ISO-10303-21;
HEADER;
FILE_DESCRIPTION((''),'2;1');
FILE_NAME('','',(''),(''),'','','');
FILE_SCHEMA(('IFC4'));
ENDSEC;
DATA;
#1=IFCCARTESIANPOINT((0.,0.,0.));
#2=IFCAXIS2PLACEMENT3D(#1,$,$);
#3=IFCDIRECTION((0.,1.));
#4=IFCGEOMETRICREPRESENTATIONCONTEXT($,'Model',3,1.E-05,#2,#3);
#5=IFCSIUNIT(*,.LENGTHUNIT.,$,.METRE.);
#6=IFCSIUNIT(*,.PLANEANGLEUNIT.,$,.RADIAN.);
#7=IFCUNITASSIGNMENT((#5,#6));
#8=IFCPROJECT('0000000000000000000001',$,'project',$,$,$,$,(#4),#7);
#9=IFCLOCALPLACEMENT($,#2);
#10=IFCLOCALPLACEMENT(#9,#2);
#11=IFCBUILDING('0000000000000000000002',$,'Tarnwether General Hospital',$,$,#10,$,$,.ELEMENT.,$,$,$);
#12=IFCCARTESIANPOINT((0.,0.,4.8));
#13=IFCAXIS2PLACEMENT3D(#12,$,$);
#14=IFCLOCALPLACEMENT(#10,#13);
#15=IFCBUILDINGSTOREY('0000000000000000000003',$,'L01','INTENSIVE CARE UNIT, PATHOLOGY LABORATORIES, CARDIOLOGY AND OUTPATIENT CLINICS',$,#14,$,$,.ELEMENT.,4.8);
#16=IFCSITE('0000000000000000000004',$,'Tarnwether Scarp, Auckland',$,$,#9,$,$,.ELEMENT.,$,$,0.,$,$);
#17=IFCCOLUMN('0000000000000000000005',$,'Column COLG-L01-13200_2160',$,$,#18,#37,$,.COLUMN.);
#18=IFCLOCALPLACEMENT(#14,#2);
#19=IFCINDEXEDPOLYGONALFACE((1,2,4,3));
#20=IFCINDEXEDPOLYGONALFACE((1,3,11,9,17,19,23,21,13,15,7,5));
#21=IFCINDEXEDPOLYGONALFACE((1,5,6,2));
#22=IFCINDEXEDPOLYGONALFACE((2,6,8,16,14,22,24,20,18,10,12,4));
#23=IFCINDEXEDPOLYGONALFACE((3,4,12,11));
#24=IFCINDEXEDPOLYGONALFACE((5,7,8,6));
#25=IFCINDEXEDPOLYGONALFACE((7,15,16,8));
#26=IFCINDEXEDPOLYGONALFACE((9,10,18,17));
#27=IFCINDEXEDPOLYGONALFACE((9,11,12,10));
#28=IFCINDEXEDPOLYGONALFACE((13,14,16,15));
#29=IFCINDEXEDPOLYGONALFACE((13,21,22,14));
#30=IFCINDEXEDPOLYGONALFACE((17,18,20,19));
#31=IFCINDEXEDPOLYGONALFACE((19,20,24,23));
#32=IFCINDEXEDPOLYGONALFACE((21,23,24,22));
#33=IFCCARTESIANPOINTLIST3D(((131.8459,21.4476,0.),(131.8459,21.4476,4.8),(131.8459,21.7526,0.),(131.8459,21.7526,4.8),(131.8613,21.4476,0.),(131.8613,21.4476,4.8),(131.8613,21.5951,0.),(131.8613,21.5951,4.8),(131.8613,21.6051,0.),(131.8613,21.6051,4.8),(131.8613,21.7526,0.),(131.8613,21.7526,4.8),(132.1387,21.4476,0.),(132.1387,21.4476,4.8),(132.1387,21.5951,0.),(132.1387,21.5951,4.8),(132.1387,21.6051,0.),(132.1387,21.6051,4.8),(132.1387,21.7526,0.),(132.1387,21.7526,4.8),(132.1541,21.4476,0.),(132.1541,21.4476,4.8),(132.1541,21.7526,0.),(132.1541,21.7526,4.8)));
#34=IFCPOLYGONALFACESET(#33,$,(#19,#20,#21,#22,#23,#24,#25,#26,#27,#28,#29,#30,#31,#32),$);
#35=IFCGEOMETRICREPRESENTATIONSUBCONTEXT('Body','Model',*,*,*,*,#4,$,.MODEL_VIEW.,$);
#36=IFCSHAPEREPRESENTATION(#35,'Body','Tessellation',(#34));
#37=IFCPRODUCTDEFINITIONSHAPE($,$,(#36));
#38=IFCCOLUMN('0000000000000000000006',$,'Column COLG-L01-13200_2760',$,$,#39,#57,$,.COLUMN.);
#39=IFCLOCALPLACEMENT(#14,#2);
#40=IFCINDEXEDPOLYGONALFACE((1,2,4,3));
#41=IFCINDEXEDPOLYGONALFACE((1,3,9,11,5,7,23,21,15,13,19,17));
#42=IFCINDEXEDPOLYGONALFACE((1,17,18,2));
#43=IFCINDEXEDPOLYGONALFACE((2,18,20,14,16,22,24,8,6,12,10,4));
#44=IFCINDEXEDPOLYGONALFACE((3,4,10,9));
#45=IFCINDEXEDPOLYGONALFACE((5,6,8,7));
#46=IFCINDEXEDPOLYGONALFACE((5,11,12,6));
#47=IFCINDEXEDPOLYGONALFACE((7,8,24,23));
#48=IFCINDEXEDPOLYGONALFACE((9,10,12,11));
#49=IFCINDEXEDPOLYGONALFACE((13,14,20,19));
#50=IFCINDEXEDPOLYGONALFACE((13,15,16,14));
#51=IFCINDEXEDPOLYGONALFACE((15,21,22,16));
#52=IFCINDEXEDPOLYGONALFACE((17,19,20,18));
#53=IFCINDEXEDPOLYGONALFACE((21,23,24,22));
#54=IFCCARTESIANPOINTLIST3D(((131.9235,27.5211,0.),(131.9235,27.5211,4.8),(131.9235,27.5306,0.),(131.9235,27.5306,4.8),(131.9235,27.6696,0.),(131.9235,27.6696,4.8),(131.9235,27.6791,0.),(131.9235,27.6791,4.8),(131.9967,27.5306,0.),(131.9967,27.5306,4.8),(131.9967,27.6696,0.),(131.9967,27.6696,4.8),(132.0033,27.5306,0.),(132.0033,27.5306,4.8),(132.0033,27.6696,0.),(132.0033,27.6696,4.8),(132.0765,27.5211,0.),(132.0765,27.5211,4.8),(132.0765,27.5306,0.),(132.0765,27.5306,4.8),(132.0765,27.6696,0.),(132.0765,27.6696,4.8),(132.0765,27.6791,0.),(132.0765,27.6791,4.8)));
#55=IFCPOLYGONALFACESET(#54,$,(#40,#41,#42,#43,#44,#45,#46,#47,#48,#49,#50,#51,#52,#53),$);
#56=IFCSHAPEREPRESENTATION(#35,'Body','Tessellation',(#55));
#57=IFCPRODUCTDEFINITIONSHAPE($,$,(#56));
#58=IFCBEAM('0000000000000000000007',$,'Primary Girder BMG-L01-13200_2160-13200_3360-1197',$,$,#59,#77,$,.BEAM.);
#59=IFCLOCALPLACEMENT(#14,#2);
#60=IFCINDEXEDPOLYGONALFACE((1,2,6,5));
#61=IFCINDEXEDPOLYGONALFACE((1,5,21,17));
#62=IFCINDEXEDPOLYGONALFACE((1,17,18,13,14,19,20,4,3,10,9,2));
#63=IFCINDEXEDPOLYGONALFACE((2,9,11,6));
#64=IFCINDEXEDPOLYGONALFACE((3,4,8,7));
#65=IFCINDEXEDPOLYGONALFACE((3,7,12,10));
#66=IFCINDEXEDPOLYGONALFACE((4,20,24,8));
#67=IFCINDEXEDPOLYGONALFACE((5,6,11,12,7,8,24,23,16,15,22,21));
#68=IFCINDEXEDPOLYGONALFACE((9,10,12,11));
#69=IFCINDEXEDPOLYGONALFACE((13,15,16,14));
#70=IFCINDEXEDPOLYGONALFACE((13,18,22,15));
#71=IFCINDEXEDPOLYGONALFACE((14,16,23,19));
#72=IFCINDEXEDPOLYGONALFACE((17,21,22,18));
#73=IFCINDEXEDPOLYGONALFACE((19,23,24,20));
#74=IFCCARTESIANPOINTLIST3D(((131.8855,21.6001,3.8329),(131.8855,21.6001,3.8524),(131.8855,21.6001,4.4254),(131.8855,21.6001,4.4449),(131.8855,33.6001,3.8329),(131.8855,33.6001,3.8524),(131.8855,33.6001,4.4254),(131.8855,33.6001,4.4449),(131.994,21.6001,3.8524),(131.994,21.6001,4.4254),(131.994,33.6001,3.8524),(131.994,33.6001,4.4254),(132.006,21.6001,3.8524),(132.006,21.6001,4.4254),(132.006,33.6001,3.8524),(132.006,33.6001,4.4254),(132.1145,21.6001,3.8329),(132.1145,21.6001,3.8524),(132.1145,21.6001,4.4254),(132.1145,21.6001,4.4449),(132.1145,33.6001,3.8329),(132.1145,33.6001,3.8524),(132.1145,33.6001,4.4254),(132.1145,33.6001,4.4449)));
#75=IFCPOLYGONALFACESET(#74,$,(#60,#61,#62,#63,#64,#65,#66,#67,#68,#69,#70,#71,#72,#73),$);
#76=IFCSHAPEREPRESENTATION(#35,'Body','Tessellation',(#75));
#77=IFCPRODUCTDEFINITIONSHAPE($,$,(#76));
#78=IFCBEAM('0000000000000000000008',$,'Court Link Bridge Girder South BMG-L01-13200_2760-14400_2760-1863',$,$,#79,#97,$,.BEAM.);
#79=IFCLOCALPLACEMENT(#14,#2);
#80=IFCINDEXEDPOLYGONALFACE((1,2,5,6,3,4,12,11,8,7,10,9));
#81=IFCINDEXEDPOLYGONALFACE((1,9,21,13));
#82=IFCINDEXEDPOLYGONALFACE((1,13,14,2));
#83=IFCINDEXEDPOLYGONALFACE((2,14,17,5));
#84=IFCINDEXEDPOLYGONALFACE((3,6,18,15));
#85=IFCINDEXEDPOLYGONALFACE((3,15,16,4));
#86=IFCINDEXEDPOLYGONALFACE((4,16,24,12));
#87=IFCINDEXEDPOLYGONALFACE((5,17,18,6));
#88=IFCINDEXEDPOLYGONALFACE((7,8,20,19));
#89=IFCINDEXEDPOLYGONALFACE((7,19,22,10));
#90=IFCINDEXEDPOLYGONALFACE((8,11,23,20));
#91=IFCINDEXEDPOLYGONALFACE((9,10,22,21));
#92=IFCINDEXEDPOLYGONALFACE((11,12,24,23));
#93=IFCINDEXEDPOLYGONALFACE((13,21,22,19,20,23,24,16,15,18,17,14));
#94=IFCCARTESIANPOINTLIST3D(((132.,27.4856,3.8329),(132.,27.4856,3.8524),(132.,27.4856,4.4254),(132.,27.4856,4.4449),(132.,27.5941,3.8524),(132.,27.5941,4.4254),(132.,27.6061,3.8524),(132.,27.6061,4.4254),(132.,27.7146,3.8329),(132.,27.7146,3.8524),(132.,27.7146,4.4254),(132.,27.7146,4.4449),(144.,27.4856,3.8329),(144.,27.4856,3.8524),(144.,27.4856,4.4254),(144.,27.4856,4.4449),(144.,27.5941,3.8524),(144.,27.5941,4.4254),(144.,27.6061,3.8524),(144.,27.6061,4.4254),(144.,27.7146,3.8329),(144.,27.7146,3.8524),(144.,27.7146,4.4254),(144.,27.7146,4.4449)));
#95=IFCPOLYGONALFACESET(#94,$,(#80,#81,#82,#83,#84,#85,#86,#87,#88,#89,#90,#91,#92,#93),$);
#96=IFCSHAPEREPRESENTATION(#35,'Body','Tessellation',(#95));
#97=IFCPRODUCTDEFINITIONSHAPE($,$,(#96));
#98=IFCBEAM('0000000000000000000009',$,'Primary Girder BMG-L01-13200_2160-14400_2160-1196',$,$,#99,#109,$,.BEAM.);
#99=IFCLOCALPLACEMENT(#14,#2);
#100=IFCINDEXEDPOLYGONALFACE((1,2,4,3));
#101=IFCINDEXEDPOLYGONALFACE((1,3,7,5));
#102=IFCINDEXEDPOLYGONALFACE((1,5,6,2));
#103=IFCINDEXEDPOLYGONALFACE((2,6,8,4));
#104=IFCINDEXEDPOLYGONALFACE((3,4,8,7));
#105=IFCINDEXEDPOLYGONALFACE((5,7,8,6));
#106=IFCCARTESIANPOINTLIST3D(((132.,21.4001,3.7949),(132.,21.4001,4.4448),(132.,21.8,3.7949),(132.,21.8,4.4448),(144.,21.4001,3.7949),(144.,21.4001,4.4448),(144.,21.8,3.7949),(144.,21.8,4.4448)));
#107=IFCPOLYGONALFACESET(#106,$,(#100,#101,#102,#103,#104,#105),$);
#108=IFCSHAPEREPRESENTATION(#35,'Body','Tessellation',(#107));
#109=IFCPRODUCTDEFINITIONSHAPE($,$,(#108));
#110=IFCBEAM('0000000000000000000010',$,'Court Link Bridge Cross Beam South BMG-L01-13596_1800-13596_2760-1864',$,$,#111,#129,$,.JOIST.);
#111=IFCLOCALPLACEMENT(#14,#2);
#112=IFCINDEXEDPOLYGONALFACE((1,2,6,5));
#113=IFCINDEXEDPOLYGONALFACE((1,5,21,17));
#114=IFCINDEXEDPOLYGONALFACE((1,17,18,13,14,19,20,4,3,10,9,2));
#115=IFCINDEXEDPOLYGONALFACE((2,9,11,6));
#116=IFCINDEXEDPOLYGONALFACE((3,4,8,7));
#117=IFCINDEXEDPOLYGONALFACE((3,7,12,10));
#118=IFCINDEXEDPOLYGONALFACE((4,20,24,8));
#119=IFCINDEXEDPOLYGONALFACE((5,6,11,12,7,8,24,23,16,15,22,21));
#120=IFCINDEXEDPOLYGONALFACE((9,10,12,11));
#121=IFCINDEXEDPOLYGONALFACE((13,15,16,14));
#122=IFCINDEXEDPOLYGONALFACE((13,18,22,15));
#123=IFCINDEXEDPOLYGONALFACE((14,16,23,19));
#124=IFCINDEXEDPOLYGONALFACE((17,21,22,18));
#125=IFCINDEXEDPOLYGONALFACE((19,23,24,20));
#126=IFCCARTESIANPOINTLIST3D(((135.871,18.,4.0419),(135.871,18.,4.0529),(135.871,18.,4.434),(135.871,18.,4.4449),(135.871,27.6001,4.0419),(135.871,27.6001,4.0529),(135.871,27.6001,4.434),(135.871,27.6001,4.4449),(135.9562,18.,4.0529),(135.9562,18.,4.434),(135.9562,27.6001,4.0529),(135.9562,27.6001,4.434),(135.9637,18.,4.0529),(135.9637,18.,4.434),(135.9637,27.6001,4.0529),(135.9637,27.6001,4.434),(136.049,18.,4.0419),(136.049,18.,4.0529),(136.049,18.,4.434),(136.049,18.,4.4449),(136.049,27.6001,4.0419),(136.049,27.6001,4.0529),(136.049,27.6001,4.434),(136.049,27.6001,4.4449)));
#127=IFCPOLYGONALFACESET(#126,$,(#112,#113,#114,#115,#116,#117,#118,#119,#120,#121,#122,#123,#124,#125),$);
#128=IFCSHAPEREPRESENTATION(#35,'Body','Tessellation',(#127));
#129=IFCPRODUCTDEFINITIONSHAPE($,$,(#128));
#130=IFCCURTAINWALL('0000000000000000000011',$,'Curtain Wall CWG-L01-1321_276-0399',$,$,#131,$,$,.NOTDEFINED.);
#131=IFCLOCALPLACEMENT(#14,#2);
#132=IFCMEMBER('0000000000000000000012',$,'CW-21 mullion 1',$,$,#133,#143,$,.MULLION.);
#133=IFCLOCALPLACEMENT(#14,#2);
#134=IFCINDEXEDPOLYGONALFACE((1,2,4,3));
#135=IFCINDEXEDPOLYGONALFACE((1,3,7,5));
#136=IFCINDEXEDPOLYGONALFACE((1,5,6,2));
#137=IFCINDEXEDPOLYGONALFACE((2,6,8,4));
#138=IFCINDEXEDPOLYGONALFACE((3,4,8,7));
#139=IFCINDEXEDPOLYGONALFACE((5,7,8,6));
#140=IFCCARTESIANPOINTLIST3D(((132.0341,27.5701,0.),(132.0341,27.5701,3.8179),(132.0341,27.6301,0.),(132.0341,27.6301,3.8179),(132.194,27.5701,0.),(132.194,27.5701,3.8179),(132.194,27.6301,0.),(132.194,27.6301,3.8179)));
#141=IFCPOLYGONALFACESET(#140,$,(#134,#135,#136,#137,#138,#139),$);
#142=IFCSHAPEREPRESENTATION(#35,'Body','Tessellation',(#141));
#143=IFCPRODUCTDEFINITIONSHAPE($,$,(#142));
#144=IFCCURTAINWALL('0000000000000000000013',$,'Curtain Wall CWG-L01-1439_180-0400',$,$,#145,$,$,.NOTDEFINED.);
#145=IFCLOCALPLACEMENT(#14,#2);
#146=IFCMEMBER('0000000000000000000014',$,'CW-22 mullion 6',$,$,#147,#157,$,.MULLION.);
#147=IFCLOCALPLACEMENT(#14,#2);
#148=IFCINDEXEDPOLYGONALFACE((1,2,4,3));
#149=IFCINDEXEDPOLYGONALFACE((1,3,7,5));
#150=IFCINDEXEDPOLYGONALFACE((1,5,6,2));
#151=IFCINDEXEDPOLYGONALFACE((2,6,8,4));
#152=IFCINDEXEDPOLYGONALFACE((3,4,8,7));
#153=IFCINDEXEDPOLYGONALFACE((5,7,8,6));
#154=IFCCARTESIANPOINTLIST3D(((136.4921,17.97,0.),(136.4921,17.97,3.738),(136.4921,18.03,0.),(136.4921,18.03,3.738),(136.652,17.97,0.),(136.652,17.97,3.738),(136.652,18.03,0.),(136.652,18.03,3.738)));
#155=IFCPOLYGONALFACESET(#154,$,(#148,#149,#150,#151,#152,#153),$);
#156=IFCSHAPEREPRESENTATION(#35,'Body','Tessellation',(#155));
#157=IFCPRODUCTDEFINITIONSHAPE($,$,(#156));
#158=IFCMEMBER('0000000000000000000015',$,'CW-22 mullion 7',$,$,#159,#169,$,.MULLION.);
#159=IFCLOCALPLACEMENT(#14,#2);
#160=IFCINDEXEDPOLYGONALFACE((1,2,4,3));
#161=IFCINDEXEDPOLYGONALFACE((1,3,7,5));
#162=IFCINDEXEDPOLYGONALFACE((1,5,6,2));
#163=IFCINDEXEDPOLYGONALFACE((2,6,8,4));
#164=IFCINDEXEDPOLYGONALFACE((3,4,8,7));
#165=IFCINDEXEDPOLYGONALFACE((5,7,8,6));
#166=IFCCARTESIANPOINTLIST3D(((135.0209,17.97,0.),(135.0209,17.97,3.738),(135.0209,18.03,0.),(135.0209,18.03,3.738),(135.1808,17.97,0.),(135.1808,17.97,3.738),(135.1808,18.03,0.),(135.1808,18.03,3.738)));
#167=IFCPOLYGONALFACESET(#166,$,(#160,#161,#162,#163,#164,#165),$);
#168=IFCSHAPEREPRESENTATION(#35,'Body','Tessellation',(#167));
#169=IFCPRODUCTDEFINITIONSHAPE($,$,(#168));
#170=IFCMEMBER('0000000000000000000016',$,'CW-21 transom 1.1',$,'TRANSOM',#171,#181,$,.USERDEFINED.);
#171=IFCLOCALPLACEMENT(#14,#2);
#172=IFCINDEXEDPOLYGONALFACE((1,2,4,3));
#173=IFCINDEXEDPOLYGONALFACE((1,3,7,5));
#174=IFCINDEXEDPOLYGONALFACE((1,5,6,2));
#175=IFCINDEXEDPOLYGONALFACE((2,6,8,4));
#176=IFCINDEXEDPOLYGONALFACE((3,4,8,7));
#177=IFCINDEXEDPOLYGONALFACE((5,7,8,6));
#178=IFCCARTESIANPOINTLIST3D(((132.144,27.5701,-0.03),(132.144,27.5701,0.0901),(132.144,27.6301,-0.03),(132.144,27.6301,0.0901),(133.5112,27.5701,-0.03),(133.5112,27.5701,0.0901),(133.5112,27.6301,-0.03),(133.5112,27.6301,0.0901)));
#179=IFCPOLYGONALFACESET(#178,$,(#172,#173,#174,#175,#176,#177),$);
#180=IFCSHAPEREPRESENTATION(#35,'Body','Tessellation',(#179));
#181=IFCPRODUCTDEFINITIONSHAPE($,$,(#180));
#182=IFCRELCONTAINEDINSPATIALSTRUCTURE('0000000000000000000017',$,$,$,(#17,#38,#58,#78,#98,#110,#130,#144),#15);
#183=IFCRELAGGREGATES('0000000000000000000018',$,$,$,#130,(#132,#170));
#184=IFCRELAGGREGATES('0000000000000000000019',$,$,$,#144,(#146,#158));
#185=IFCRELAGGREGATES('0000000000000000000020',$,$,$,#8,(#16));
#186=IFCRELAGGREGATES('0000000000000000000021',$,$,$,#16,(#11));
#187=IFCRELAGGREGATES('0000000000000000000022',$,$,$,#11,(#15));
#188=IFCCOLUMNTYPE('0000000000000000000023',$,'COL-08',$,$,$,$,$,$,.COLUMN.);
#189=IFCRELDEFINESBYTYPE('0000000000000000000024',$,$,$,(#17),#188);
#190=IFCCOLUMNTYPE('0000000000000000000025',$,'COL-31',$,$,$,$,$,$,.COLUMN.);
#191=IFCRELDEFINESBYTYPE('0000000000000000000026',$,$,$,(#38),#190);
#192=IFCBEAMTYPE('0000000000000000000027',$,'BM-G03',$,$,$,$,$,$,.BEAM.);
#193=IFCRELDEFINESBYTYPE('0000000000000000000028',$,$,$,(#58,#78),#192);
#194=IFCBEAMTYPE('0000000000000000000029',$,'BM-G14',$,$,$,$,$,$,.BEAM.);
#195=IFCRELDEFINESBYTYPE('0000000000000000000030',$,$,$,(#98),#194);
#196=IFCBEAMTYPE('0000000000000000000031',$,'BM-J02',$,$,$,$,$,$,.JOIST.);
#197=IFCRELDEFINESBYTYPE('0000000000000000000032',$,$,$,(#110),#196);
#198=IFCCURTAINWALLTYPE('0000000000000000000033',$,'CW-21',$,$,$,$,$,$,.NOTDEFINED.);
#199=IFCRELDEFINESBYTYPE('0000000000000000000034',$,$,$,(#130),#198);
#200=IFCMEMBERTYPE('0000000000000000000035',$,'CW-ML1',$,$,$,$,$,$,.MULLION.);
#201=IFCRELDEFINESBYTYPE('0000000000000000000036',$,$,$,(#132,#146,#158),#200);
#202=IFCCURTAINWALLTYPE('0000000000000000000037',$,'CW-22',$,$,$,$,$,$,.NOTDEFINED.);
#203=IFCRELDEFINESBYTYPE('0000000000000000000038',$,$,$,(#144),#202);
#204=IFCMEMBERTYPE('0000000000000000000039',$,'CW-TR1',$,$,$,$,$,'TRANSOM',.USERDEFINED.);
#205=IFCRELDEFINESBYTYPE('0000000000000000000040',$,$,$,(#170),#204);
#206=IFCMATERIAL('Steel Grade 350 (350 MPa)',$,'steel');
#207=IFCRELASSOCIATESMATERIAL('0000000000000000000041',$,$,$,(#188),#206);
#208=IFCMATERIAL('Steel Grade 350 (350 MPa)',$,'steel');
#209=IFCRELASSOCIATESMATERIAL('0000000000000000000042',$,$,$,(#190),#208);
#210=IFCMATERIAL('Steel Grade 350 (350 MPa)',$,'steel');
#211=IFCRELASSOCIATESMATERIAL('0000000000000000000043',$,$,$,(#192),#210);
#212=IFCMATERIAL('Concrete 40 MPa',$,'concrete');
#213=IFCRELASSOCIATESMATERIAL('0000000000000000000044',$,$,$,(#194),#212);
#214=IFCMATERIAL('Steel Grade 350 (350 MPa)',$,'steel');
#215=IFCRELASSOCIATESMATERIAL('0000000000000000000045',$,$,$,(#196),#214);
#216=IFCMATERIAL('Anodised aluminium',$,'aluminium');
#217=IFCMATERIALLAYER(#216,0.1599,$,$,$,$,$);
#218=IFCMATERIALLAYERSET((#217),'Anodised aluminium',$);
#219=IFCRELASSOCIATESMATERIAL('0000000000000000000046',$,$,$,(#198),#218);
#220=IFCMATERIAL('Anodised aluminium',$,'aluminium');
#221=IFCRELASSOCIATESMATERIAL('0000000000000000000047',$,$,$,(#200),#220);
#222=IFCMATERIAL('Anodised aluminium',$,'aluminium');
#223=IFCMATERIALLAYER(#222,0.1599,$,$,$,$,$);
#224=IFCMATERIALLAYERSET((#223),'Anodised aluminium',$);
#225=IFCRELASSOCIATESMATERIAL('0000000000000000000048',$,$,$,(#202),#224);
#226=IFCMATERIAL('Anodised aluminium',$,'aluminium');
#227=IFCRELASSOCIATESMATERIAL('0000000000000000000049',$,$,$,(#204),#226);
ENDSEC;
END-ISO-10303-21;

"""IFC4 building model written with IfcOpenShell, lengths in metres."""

from ifc_helpers import new_model, si_unit, direction, frame, origin, origin_2d, place, context, subcontext, project, spatial, rectangle, i_section, extrude, material, layer, layer_set, material_profile, profile_set, type_object, element, aggregate, save


model = new_model("IFC4")

# Units and contexts
model_context = context("Model", 3, precision=1e-05, world=origin(), true_north=direction((0.0, 1.0)))
body_context = subcontext(model_context, "Body", "Model", "MODEL_VIEW")
ifc_project = project(units=[si_unit("LENGTHUNIT", "METRE"), si_unit("PLANEANGLEUNIT", "RADIAN")], contexts=[model_context])

# Site, building, storey
site_placement = place(None, origin())
site = spatial("IfcSite", under=ifc_project, at=site_placement, Name="Tarnwether Scarp, Auckland", CompositionType="ELEMENT", RefElevation=0.0)
building_placement = place(site_placement, origin())
building = spatial("IfcBuilding", under=site, at=building_placement, Name="Tarnwether General Hospital", CompositionType="ELEMENT")
storey_placement = place(building_placement, frame((0.0, 0.0, 4.8)))
storey = spatial("IfcBuildingStorey", under=building, at=storey_placement, Name="L01", Description="INTENSIVE CARE UNIT, PATHOLOGY LABORATORIES, CARDIOLOGY AND OUTPATIENT CLINICS", CompositionType="ELEMENT", Elevation=4.8)

# Columns
ifc_material_1 = material(Name="Steel Grade 350 (350 MPa)", Category="steel")
ifc_material_profile_1 = material_profile(ifc_material_1, i_section(OverallWidth=0.3049, OverallDepth=0.3081, WebThickness=0.01, FlangeThickness=0.0154, at=origin_2d()), Name="310UC96.8")
ifc_profile_set_1 = profile_set([ifc_material_profile_1], Name="Steel Grade 350 (350 MPa)")
column_type_1 = type_object("IfcColumnType", Name="COL-08", PredefinedType="COLUMN", material=ifc_profile_set_1)
column_1_placement = place(storey_placement, frame((132.0, 21.6001, 0.0), z_axis=(0.0, 0.0, 1.0), x_axis=(0.0, 1.0, 0.0)))
element("IfcColumn", 1, at=column_1_placement, inside=storey, type_object=column_type_1, Name="Column COLG-L01-13200_2160", PredefinedType="COLUMN", context=body_context, shape_type="SweptSolid", body=[
    extrude(i_section(OverallWidth=0.3049, OverallDepth=0.3081, WebThickness=0.01, FlangeThickness=0.0154, at=origin_2d()), origin(), (0.0, 0.0, 1.0), 4.8),
])
ifc_material_2 = material(Name="Steel Grade 350 (350 MPa)", Category="steel")
ifc_material_profile_2 = material_profile(ifc_material_2, i_section(OverallWidth=0.1531, OverallDepth=0.158, WebThickness=0.0066, FlangeThickness=0.0095, at=origin_2d()), Name="150UC30.0")
ifc_profile_set_2 = profile_set([ifc_material_profile_2], Name="Steel Grade 350 (350 MPa)")
column_type_2 = type_object("IfcColumnType", Name="COL-31", PredefinedType="COLUMN", material=ifc_profile_set_2)
column_2_placement = place(storey_placement, frame((132.0, 27.6001, 0.0), z_axis=(0.0, 0.0, 1.0), x_axis=(1.0, 0.0, 0.0)))
element("IfcColumn", 2, at=column_2_placement, inside=storey, type_object=column_type_2, Name="Column COLG-L01-13200_2760", PredefinedType="COLUMN", context=body_context, shape_type="SweptSolid", body=[
    extrude(i_section(OverallWidth=0.1531, OverallDepth=0.158, WebThickness=0.0066, FlangeThickness=0.0095, at=origin_2d()), origin(), (0.0, 0.0, 1.0), 4.8),
])

# Beams
ifc_material_3 = material(Name="Steel Grade 350 (350 MPa)", Category="steel")
ifc_material_profile_3 = material_profile(ifc_material_3, i_section(OverallWidth=0.229, OverallDepth=0.6121, WebThickness=0.012, FlangeThickness=0.0195, at=origin_2d()), Name="610UB125")
ifc_profile_set_3 = profile_set([ifc_material_profile_3], Name="Steel Grade 350 (350 MPa)")
beam_type_1 = type_object("IfcBeamType", Name="BM-G03", PredefinedType="BEAM", material=ifc_profile_set_3)
for number, where, z_axis, x_axis, name in (
    (3, (132.0, 21.6001, 4.1389), (0.0, 1.0, 0.0), (-1.0, 0.0, 0.0), "Primary Girder BMG-L01-13200_2160-13200_3360-1197"),
    (4, (132.0, 27.6001, 4.1389), (1.0, 0.0, 0.0), (0.0, 1.0, 0.0), "Court Link Bridge Girder South BMG-L01-13200_2760-14400_2760-1863"),
):
    element("IfcBeam", number, at=place(storey_placement, frame(where, z_axis=z_axis, x_axis=x_axis)), inside=storey, type_object=beam_type_1, Name=name, PredefinedType="BEAM", context=body_context, shape_type="SweptSolid", body=[
        extrude(i_section(OverallWidth=0.229, OverallDepth=0.6121, WebThickness=0.012, FlangeThickness=0.0195, at=origin_2d()), origin(), (0.0, 0.0, 1.0), 12.0),
    ])
ifc_material_4 = material(Name="Concrete 40 MPa", Category="concrete")
ifc_material_profile_4 = material_profile(ifc_material_4, rectangle(XDim=0.3999, YDim=0.6499, at=origin_2d()), Name="RC-BM-400x650")
ifc_profile_set_4 = profile_set([ifc_material_profile_4], Name="Concrete 40 MPa")
beam_type_2 = type_object("IfcBeamType", Name="BM-G14", PredefinedType="BEAM", material=ifc_profile_set_4)
beam_1_placement = place(storey_placement, frame((132.0, 21.6001, 4.1199), z_axis=(1.0, 0.0, 0.0), x_axis=(0.0, 1.0, 0.0)))
element("IfcBeam", 5, at=beam_1_placement, inside=storey, type_object=beam_type_2, Name="Primary Girder BMG-L01-13200_2160-14400_2160-1196", PredefinedType="BEAM", context=body_context, shape_type="SweptSolid", body=[
    extrude(rectangle(XDim=0.3999, YDim=0.6499, at=origin_2d()), origin(), (0.0, 0.0, 1.0), 12.0),
])
ifc_material_5 = material(Name="Steel Grade 350 (350 MPa)", Category="steel")
ifc_material_profile_5 = material_profile(ifc_material_5, i_section(OverallWidth=0.178, OverallDepth=0.4031, WebThickness=0.0076, FlangeThickness=0.011, at=origin_2d()), Name="410UB53.7")
ifc_profile_set_5 = profile_set([ifc_material_profile_5], Name="Steel Grade 350 (350 MPa)")
beam_type_3 = type_object("IfcBeamType", Name="BM-J02", PredefinedType="JOIST", material=ifc_profile_set_5)
beam_2_placement = place(storey_placement, frame((135.96, 18.0, 4.2434), z_axis=(0.0, 1.0, 0.0), x_axis=(-1.0, 0.0, 0.0)))
element("IfcBeam", 6, at=beam_2_placement, inside=storey, type_object=beam_type_3, Name="Court Link Bridge Cross Beam South BMG-L01-13596_1800-13596_2760-1864", PredefinedType="JOIST", context=body_context, shape_type="SweptSolid", body=[
    extrude(i_section(OverallWidth=0.178, OverallDepth=0.4031, WebThickness=0.0076, FlangeThickness=0.011, at=origin_2d()), origin(), (0.0, 0.0, 1.0), 9.6001),
])

# Curtain wall, member
ifc_material_6 = material(Name="Anodised aluminium", Category="aluminium")
ifc_layer_1 = layer(ifc_material_6, 0.1599)
ifc_layer_set_1 = layer_set([ifc_layer_1], Name="Anodised aluminium")
curtain_wall_type_1 = type_object("IfcCurtainWallType", Name="CW-21", PredefinedType="NOTDEFINED", material=ifc_layer_set_1)
curtain_wall_1_placement = place(storey_placement, origin())
curtain_wall_1 = element("IfcCurtainWall", 7, at=curtain_wall_1_placement, inside=storey, type_object=curtain_wall_type_1, Name="Curtain Wall CWG-L01-1321_276-0399", PredefinedType="NOTDEFINED")
ifc_material_7 = material(Name="Anodised aluminium", Category="aluminium")
ifc_material_profile_6 = material_profile(ifc_material_7, rectangle(XDim=0.0601, YDim=0.1599, at=origin_2d()), Name="ALU-MUL-60x160")
ifc_profile_set_6 = profile_set([ifc_material_profile_6], Name="Anodised aluminium")
member_type_1 = type_object("IfcMemberType", Name="CW-ML1", PredefinedType="MULLION", material=ifc_profile_set_6)
member_1_placement = place(storey_placement, frame((132.114, 27.6001, 0.0), z_axis=(0.0, 0.0, 1.0), x_axis=(0.0, 1.0, 0.0)))
member_1 = element("IfcMember", 8, at=member_1_placement, type_object=member_type_1, Name="CW-21 mullion 1", PredefinedType="MULLION", context=body_context, shape_type="SweptSolid", body=[
    extrude(rectangle(XDim=0.0601, YDim=0.1599, at=origin_2d()), origin(), (0.0, 0.0, 1.0), 3.8179),
])

# Curtain wall, members
ifc_material_8 = material(Name="Anodised aluminium", Category="aluminium")
ifc_layer_2 = layer(ifc_material_8, 0.1599)
ifc_layer_set_2 = layer_set([ifc_layer_2], Name="Anodised aluminium")
curtain_wall_type_2 = type_object("IfcCurtainWallType", Name="CW-22", PredefinedType="NOTDEFINED", material=ifc_layer_set_2)
curtain_wall_2_placement = place(storey_placement, origin())
curtain_wall_2 = element("IfcCurtainWall", 9, at=curtain_wall_2_placement, inside=storey, type_object=curtain_wall_type_2, Name="Curtain Wall CWG-L01-1439_180-0400", PredefinedType="NOTDEFINED")
member_2_placement = place(storey_placement, frame((136.572, 18.0, 0.0), z_axis=(0.0, 0.0, 1.0), x_axis=(0.0, -1.0, 0.0)))
member_2 = element("IfcMember", 10, at=member_2_placement, type_object=member_type_1, Name="CW-22 mullion 6", PredefinedType="MULLION", context=body_context, shape_type="SweptSolid", body=[
    extrude(rectangle(XDim=0.0601, YDim=0.1599, at=origin_2d()), origin(), (0.0, 0.0, 1.0), 3.738),
])
member_3_placement = place(storey_placement, frame((135.1008, 18.0, 0.0), z_axis=(0.0, 0.0, 1.0), x_axis=(0.0, -1.0, 0.0)))
member_3 = element("IfcMember", 11, at=member_3_placement, type_object=member_type_1, Name="CW-22 mullion 7", PredefinedType="MULLION", context=body_context, shape_type="SweptSolid", body=[
    extrude(rectangle(XDim=0.0601, YDim=0.1599, at=origin_2d()), origin(), (0.0, 0.0, 1.0), 3.738),
])

# Member
ifc_material_9 = material(Name="Anodised aluminium", Category="aluminium")
ifc_material_profile_7 = material_profile(ifc_material_9, rectangle(XDim=0.0601, YDim=0.1201, at=origin_2d()), Name="ALU-TRN-60x120")
ifc_profile_set_7 = profile_set([ifc_material_profile_7], Name="Anodised aluminium")
member_type_2 = type_object("IfcMemberType", Name="CW-TR1", ElementType="TRANSOM", PredefinedType="USERDEFINED", material=ifc_profile_set_7)
member_4_placement = place(storey_placement, frame((132.144, 27.6001, 0.03), z_axis=(1.0, 0.0, 0.0), x_axis=(0.0, 1.0, 0.0)))
member_4 = element("IfcMember", 12, at=member_4_placement, type_object=member_type_2, Name="CW-21 transom 1.1", ObjectType="TRANSOM", PredefinedType="USERDEFINED", context=body_context, shape_type="SweptSolid", body=[
    extrude(rectangle(XDim=0.0601, YDim=0.1201, at=origin_2d()), origin(), (0.0, 0.0, 1.0), 1.3672),
])
aggregate(curtain_wall_1, [member_1, member_4])

aggregate(curtain_wall_2, [member_2, member_3])

save(model, "model.ifc")
